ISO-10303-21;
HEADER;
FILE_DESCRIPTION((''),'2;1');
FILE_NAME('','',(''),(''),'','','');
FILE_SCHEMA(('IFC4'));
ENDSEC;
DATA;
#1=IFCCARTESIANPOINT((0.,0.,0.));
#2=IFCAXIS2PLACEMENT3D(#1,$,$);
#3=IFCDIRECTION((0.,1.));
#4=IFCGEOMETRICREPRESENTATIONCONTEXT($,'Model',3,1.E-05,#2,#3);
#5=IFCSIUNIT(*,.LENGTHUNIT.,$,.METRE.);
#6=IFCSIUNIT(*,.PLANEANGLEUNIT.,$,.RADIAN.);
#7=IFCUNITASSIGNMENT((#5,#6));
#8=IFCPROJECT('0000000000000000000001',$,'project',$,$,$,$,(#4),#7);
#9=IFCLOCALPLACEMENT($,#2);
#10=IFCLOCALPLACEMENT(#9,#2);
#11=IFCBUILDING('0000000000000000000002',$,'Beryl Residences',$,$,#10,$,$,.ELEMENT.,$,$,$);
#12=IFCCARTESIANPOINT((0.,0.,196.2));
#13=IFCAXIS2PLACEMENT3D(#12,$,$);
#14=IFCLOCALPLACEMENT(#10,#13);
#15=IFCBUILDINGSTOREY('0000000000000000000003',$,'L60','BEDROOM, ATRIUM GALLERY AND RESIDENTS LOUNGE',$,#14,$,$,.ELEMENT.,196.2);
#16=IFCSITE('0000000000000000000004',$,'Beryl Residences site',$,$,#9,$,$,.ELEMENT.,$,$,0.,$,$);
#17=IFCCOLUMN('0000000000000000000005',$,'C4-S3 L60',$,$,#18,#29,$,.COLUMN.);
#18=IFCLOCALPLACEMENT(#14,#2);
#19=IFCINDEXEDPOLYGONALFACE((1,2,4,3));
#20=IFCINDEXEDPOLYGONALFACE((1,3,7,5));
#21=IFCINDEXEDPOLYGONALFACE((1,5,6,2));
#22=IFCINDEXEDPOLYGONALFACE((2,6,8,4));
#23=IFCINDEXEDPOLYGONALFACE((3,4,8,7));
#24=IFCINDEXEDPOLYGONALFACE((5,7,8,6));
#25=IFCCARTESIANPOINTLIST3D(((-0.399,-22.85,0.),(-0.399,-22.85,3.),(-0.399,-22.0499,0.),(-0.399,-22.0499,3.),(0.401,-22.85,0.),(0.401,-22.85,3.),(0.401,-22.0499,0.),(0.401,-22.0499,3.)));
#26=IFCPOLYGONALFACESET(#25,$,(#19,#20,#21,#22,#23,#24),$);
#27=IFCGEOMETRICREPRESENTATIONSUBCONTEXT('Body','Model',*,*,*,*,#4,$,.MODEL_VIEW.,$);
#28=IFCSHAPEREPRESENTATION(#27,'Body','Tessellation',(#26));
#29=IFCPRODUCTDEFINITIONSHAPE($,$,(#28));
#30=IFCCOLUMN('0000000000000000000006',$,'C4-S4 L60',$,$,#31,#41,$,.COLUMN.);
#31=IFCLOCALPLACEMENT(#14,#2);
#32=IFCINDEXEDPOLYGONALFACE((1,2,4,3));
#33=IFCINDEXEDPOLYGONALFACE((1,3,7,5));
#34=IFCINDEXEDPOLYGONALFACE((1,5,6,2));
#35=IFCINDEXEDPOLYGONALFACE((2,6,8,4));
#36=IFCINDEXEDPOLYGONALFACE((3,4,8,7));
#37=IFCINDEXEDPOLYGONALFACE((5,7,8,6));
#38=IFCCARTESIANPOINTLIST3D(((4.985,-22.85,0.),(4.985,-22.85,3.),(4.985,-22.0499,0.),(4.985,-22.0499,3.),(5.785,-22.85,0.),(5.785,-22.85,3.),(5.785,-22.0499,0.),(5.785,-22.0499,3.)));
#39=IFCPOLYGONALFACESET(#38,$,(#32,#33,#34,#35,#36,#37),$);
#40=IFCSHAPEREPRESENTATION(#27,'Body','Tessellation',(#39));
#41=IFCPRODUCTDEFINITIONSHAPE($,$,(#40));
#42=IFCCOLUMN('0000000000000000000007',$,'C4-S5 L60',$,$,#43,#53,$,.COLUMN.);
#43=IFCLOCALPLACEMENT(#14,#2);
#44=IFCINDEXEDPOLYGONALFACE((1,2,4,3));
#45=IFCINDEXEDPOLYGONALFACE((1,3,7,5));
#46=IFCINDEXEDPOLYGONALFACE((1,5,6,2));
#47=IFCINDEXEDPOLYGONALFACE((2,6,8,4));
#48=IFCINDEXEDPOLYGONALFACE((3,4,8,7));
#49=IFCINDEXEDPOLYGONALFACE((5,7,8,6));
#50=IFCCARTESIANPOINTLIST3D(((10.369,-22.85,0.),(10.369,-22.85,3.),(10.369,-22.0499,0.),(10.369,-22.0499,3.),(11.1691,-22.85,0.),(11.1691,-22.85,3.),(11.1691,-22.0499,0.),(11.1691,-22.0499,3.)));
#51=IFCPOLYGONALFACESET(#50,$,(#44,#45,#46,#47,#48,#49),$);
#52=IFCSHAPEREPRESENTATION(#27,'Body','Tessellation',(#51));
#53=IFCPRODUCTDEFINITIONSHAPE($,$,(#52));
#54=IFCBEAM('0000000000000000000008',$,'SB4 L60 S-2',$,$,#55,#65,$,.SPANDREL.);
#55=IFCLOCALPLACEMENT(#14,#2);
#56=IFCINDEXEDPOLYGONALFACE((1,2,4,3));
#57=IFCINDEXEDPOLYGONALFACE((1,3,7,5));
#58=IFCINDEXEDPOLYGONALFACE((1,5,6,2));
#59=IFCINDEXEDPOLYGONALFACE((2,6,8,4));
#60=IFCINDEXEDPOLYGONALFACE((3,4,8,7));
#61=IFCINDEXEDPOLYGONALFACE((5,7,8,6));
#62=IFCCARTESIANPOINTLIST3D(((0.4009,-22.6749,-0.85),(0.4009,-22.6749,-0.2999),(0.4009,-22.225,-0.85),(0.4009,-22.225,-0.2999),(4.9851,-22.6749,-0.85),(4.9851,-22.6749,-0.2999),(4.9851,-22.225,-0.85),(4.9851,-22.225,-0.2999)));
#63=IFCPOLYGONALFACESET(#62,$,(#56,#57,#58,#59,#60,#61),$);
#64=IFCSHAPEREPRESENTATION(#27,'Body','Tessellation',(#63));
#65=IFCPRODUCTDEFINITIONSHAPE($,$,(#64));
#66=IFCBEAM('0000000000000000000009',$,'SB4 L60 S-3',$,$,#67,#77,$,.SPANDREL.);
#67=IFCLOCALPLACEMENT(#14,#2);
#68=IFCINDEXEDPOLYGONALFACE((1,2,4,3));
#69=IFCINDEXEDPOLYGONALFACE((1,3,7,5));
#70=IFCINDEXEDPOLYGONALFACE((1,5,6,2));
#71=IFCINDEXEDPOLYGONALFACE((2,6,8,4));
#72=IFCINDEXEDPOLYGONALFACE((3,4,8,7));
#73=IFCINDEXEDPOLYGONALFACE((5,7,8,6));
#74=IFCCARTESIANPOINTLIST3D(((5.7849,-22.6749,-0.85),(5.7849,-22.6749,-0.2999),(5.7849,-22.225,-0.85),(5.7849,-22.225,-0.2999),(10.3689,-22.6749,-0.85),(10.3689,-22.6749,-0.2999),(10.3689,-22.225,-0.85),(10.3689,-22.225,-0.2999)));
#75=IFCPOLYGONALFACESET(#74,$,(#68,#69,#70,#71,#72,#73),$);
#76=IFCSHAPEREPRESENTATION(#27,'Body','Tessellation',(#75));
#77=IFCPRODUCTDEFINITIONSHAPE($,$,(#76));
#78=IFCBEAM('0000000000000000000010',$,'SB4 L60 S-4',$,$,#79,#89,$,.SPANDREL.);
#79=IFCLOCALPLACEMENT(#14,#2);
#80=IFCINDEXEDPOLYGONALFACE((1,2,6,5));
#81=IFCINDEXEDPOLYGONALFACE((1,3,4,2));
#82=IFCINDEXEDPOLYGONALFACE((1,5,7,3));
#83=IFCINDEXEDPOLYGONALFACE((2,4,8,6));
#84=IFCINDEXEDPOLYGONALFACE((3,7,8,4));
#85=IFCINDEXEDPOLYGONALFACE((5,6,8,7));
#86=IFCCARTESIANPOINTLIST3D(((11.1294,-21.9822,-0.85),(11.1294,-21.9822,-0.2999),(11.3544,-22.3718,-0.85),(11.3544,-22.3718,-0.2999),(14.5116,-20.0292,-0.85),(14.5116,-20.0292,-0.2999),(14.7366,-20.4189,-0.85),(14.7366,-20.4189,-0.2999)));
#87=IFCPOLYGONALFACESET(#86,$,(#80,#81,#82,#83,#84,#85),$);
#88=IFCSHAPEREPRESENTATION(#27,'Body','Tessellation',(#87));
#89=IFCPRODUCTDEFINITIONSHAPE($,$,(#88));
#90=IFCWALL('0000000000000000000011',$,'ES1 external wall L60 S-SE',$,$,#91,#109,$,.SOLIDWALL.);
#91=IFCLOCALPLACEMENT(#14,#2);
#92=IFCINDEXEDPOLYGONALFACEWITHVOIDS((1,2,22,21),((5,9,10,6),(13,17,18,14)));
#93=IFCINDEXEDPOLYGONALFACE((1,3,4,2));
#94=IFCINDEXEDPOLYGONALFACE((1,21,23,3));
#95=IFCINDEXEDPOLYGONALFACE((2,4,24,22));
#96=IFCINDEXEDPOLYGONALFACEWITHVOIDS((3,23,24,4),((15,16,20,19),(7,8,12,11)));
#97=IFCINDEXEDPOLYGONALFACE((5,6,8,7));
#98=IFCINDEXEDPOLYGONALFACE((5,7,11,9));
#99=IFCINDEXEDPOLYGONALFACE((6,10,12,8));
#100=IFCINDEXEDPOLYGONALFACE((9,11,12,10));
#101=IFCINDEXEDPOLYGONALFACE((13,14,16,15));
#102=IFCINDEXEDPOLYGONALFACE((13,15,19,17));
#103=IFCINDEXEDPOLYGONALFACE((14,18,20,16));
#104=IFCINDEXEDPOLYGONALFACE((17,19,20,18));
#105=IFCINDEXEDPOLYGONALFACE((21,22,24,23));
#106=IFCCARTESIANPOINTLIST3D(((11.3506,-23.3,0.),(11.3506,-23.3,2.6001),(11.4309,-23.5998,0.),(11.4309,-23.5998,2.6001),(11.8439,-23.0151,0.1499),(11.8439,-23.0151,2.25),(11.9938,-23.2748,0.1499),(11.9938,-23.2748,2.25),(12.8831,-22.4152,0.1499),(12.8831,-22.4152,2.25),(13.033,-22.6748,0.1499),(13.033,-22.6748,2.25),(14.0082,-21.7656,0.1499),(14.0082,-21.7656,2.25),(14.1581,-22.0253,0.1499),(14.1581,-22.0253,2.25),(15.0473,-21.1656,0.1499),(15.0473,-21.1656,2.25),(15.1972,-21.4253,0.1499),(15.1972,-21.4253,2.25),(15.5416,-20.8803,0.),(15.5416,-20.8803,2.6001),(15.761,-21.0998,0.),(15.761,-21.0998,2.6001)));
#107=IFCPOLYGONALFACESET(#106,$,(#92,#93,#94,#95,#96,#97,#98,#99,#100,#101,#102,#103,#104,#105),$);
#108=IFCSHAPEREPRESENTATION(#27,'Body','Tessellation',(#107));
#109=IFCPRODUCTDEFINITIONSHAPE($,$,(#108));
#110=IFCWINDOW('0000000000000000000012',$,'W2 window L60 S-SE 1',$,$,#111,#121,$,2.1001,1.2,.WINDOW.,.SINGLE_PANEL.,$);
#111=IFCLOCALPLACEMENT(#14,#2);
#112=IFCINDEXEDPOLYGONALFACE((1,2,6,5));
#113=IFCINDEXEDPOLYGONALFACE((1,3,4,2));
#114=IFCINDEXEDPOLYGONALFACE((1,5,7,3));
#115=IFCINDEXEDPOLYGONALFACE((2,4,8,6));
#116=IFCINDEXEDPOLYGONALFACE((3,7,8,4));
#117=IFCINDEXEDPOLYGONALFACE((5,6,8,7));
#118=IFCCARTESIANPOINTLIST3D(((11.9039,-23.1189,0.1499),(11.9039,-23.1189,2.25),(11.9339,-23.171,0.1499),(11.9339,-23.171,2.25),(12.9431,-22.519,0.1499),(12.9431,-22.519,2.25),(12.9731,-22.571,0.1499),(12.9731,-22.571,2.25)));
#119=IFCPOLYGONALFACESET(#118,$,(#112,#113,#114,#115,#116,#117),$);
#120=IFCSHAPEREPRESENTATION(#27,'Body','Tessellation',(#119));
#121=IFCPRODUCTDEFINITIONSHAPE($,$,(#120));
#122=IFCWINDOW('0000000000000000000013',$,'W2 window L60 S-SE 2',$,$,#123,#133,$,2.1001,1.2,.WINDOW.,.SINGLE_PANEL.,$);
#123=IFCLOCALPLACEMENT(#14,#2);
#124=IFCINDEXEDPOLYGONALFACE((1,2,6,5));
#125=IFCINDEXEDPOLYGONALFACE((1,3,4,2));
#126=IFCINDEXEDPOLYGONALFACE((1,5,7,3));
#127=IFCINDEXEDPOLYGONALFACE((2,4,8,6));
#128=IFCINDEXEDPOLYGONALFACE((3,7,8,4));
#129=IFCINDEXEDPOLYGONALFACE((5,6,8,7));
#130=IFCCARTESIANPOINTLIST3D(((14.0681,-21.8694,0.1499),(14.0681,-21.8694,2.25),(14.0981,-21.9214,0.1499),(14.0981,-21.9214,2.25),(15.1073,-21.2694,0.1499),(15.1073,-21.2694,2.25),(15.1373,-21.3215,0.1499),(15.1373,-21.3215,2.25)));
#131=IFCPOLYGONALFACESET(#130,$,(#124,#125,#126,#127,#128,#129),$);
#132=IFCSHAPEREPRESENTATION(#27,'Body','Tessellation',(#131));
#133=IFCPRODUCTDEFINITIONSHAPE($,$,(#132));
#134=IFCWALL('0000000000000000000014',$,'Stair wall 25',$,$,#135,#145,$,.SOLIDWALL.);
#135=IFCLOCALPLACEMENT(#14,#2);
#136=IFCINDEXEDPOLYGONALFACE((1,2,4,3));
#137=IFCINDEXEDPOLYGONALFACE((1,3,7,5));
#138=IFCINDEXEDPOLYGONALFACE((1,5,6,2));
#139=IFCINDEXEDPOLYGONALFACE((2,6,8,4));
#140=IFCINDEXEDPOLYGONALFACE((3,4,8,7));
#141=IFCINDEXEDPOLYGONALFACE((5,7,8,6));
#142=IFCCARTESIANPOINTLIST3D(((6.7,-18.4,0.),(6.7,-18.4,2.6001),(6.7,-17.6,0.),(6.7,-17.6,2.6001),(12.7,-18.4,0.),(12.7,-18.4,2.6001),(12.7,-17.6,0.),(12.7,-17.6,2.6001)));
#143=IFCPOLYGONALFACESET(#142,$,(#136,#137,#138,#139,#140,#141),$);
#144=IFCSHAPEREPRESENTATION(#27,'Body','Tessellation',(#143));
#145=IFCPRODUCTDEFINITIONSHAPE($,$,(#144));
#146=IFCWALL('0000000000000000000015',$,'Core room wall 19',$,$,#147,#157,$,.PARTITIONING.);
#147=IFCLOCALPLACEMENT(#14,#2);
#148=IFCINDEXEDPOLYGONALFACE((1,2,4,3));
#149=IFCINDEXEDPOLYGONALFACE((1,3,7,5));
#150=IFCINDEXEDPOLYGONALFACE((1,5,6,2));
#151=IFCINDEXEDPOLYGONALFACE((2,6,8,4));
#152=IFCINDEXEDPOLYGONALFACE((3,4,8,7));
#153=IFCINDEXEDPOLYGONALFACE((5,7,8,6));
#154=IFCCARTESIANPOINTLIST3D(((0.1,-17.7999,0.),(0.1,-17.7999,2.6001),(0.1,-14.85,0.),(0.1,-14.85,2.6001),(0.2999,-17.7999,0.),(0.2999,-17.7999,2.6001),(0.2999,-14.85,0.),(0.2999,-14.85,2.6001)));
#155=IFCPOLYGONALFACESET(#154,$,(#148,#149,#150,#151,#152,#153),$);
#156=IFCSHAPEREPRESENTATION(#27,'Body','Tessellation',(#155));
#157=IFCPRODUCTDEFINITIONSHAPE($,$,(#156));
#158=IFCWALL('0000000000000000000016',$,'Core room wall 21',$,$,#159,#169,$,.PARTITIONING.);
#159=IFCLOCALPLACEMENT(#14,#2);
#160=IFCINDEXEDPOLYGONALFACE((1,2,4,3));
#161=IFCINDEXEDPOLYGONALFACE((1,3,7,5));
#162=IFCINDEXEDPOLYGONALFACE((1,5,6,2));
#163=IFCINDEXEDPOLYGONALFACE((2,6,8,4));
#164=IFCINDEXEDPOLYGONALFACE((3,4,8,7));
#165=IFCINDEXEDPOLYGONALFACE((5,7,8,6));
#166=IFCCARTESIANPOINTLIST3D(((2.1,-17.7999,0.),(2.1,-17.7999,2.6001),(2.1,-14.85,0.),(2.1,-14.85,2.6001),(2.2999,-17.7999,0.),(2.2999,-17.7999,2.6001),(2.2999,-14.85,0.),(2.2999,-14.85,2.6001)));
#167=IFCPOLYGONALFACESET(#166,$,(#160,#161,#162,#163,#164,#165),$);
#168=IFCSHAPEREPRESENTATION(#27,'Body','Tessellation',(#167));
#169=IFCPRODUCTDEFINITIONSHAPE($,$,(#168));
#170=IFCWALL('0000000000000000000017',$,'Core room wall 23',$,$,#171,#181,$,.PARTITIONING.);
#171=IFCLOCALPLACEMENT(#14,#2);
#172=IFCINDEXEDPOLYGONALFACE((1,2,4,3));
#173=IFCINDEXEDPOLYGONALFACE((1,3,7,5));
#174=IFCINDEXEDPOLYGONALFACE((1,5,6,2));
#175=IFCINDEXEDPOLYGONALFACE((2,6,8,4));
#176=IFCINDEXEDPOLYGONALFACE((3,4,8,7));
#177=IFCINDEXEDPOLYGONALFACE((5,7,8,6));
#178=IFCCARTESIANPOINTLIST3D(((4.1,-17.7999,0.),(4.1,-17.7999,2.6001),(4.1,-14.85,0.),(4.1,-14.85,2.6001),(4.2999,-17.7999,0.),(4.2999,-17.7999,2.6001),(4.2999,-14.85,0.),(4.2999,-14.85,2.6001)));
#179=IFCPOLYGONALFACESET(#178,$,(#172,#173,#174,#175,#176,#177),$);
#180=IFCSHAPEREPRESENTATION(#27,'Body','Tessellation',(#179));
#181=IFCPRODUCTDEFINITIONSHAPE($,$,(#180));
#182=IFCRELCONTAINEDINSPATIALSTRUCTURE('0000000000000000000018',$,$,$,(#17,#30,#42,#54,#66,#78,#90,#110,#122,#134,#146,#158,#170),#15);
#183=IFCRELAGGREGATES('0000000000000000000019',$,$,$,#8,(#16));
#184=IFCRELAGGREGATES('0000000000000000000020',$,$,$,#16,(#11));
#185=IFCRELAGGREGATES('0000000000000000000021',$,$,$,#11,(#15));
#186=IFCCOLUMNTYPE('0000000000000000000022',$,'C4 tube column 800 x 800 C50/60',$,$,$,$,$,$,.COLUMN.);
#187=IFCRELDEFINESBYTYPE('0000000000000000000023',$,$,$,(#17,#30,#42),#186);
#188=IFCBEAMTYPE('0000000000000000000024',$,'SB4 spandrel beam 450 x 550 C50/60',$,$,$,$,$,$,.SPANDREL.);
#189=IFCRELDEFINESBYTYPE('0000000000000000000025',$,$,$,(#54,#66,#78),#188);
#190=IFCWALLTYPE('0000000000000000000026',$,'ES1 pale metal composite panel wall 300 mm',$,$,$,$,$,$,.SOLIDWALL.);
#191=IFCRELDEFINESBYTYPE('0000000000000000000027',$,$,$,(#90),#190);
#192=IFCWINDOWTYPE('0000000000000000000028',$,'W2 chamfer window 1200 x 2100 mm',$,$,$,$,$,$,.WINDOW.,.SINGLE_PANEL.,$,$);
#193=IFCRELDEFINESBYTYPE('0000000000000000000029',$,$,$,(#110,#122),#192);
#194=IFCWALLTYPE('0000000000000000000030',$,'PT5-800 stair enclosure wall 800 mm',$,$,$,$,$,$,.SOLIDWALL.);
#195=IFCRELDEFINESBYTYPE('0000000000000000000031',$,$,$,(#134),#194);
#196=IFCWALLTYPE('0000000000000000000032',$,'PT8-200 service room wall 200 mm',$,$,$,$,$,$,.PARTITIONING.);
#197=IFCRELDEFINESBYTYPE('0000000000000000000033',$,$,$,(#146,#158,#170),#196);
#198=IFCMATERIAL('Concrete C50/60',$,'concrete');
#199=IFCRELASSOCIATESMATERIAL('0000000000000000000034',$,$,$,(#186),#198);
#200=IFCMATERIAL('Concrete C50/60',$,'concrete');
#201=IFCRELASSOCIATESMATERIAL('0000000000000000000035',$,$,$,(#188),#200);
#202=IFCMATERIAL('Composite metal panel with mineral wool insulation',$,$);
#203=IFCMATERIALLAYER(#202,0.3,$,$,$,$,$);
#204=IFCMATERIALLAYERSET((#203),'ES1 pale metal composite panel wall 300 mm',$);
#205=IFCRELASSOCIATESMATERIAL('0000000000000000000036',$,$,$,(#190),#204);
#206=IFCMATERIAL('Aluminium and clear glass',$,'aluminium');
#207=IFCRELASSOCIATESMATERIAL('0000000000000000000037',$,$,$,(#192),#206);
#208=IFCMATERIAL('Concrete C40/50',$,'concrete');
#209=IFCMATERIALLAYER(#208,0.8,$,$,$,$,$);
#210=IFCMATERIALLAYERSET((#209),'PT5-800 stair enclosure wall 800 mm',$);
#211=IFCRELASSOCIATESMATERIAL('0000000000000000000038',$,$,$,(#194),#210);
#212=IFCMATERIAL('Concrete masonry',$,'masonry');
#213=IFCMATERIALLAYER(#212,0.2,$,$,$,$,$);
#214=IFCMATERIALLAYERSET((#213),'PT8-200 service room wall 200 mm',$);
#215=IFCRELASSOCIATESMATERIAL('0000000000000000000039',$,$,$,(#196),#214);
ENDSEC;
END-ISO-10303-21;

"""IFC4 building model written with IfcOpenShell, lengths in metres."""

from ifc_helpers import new_model, si_unit, direction, frame, frame_2d, origin, origin_2d, place, context, subcontext, project, spatial, polyline, rectangle, outline, extrude, material, layer, layer_set, material_profile, profile_set, type_object, element, fill, save


model = new_model("IFC4")

# Units and contexts
model_context = context("Model", 3, precision=1e-05, world=origin(), true_north=direction((0.0, 1.0)))
body_context = subcontext(model_context, "Body", "Model", "MODEL_VIEW")
ifc_project = project(units=[si_unit("LENGTHUNIT", "METRE"), si_unit("PLANEANGLEUNIT", "RADIAN")], contexts=[model_context])

# Site, building, storey
site_placement = place(None, origin())
site = spatial("IfcSite", under=ifc_project, at=site_placement, Name="Beryl Residences site", CompositionType="ELEMENT", RefElevation=0.0)
building_placement = place(site_placement, origin())
building = spatial("IfcBuilding", under=site, at=building_placement, Name="Beryl Residences", CompositionType="ELEMENT")
storey_placement = place(building_placement, frame((0.0, 0.0, 196.2)))
storey = spatial("IfcBuildingStorey", under=building, at=storey_placement, Name="L60", Description="BEDROOM, ATRIUM GALLERY AND RESIDENTS LOUNGE", CompositionType="ELEMENT", Elevation=196.2)

# Columns
ifc_material_1 = material(Name="Concrete C50/60", Category="concrete")
ifc_material_profile_1 = material_profile(ifc_material_1, rectangle(XDim=0.8, YDim=0.8, at=origin_2d()))
ifc_profile_set_1 = profile_set([ifc_material_profile_1], Name="Concrete C50/60")
column_type = type_object("IfcColumnType", Name="C4 tube column 800 x 800 C50/60", PredefinedType="COLUMN", material=ifc_profile_set_1)
for number, where, z_axis, x_axis, name in (
    (1, (0.001, -22.45, 0.0), (0.0, 0.0, 1.0), (1.0, 0.0, 0.0), "C4-S3 L60"),
    (2, (5.385, -22.45, 0.0), (0.0, 0.0, 1.0), (1.0, 0.0, 0.0), "C4-S4 L60"),
    (3, (10.769, -22.45, 0.0), (0.0, 0.0, 1.0), (1.0, 0.0, 0.0), "C4-S5 L60"),
):
    element("IfcColumn", number, at=place(storey_placement, frame(where, z_axis=z_axis, x_axis=x_axis)), inside=storey, type_object=column_type, Name=name, PredefinedType="COLUMN", context=body_context, shape_type="SweptSolid", body=[
        extrude(rectangle(XDim=0.8, YDim=0.8, at=origin_2d()), origin(), (0.0, 0.0, 1.0), 3.0),
    ])

# Beams
ifc_material_2 = material(Name="Concrete C50/60", Category="concrete")
ifc_material_profile_2 = material_profile(ifc_material_2, rectangle(XDim=0.45, YDim=0.55, at=origin_2d()))
ifc_profile_set_2 = profile_set([ifc_material_profile_2], Name="Concrete C50/60")
beam_type = type_object("IfcBeamType", Name="SB4 spandrel beam 450 x 550 C50/60", PredefinedType="SPANDREL", material=ifc_profile_set_2)
beam_1_placement = place(storey_placement, frame((0.4009, -22.45, -0.575), z_axis=(1.0, 0.0, 0.0), x_axis=(0.0, 1.0, 0.0)))
element("IfcBeam", 4, at=beam_1_placement, inside=storey, type_object=beam_type, Name="SB4 L60 S-2", PredefinedType="SPANDREL", context=body_context, shape_type="SweptSolid", body=[
    extrude(rectangle(XDim=0.45, YDim=0.55, at=origin_2d()), origin(), (0.0, 0.0, 1.0), 4.5842),
])
beam_2_placement = place(storey_placement, frame((5.7849, -22.45, -0.575), z_axis=(1.0, 0.0, 0.0), x_axis=(0.0, 1.0, 0.0)))
element("IfcBeam", 5, at=beam_2_placement, inside=storey, type_object=beam_type, Name="SB4 L60 S-3", PredefinedType="SPANDREL", context=body_context, shape_type="SweptSolid", body=[
    extrude(rectangle(XDim=0.45, YDim=0.55, at=origin_2d()), origin(), (0.0, 0.0, 1.0), 4.584),
])
beam_3_placement = place(storey_placement, frame((11.2419, -22.177, -0.575), z_axis=(0.865999, 0.500045, 0.0), x_axis=(-0.500045, 0.865999, 0.0)))
element("IfcBeam", 6, at=beam_3_placement, inside=storey, type_object=beam_type, Name="SB4 L60 S-4", PredefinedType="SPANDREL", context=body_context, shape_type="SweptSolid", body=[
    extrude(rectangle(XDim=0.45, YDim=0.55, at=origin_2d()), origin(), (0.0, 0.0, 1.0), 3.9055),
])

# Wall, openings, windows
ifc_material_3 = material(Name="Composite metal panel with mineral wool insulation")
ifc_layer_1 = layer(ifc_material_3, 0.3)
ifc_layer_set_1 = layer_set([ifc_layer_1], Name="ES1 pale metal composite panel wall 300 mm")
wall_type_1 = type_object("IfcWallType", Name="ES1 pale metal composite panel wall 300 mm", PredefinedType="SOLIDWALL", material=ifc_layer_set_1)
wall_1_placement = place(storey_placement, frame((11.356, -23.47, 0.0), z_axis=(0.0, 0.0, 1.0), x_axis=(0.866023, 0.500004, 0.0)))
wall_1 = element("IfcWall", 7, at=wall_1_placement, inside=storey, type_object=wall_type_1, Name="ES1 external wall L60 S-SE", PredefinedType="SOLIDWALL", context=body_context, shape_type="SweptSolid", body=[
    extrude(outline(polyline([(0.0, -0.1499), (5.0, -0.1499), (4.9197, 0.1499), (0.0803, 0.1499), (0.0, -0.1499)])), origin(), (0.0, 0.0, 1.0), 2.6001),
])
opening_1_placement = place(wall_1_placement, frame((0.6499, 0.0, 0.1499)))
opening_1 = element("IfcOpeningElement", 8, at=opening_1_placement, cuts=wall_1, PredefinedType="OPENING", context=body_context, shape_type="SweptSolid", body=[
    extrude(rectangle(XDim=1.2, YDim=2.1001, at=frame_2d((0.6001, 1.05))), frame((0.0, 0.1599, 0.0), z_axis=(0.0, -1.0, 0.0), x_axis=(1.0, 0.0, 0.0)), (0.0, 0.0, 1.0), 0.3201),
])
opening_2_placement = place(wall_1_placement, frame((3.1489, 0.0, 0.1499)))
opening_2 = element("IfcOpeningElement", 9, at=opening_2_placement, cuts=wall_1, PredefinedType="OPENING", context=body_context, shape_type="SweptSolid", body=[
    extrude(rectangle(XDim=1.2, YDim=2.1001, at=frame_2d((0.6001, 1.05))), frame((0.0, 0.1599, 0.0), z_axis=(0.0, -1.0, 0.0), x_axis=(1.0, 0.0, 0.0)), (0.0, 0.0, 1.0), 0.3201),
])
ifc_material_4 = material(Name="Aluminium and clear glass", Category="aluminium")
window_type = type_object("IfcWindowType", Name="W2 chamfer window 1200 x 2100 mm", PartitioningType="SINGLE_PANEL", PredefinedType="WINDOW", material=ifc_material_4)
window_1_placement = place(opening_1_placement, origin())
window_1 = element("IfcWindow", 10, at=window_1_placement, inside=storey, type_object=window_type, Name="W2 window L60 S-SE 1", OverallHeight=2.1001, OverallWidth=1.2, PartitioningType="SINGLE_PANEL", PredefinedType="WINDOW", context=body_context, shape_type="SweptSolid", body=[
    extrude(rectangle(XDim=1.2, YDim=2.1001, at=frame_2d((0.6001, 1.05))), frame((0.0, 0.03, 0.0), z_axis=(0.0, -1.0, 0.0), x_axis=(1.0, 0.0, 0.0)), (0.0, 0.0, 1.0), 0.0601),
])
fill(opening_1, window_1)
window_2_placement = place(opening_2_placement, origin())
window_2 = element("IfcWindow", 11, at=window_2_placement, inside=storey, type_object=window_type, Name="W2 window L60 S-SE 2", OverallHeight=2.1001, OverallWidth=1.2, PartitioningType="SINGLE_PANEL", PredefinedType="WINDOW", context=body_context, shape_type="SweptSolid", body=[
    extrude(rectangle(XDim=1.2, YDim=2.1001, at=frame_2d((0.6001, 1.05))), frame((0.0, 0.03, 0.0), z_axis=(0.0, -1.0, 0.0), x_axis=(1.0, 0.0, 0.0)), (0.0, 0.0, 1.0), 0.0601),
])
fill(opening_2, window_2)

# Walls
ifc_material_5 = material(Name="Concrete C40/50", Category="concrete")
ifc_layer_2 = layer(ifc_material_5, 0.8)
ifc_layer_set_2 = layer_set([ifc_layer_2], Name="PT5-800 stair enclosure wall 800 mm")
wall_type_2 = type_object("IfcWallType", Name="PT5-800 stair enclosure wall 800 mm", PredefinedType="SOLIDWALL", material=ifc_layer_set_2)
wall_2_placement = place(storey_placement, frame((6.7, -18.0, 0.0), z_axis=(0.0, 0.0, 1.0), x_axis=(1.0, 0.0, 0.0)))
element("IfcWall", 12, at=wall_2_placement, inside=storey, type_object=wall_type_2, Name="Stair wall 25", PredefinedType="SOLIDWALL", context=body_context, shape_type="SweptSolid", body=[
    extrude(rectangle(XDim=6.0, YDim=0.8, at=frame_2d((3.0, 0.0))), origin(), (0.0, 0.0, 1.0), 2.6001),
])
ifc_material_6 = material(Name="Concrete masonry", Category="masonry")
ifc_layer_3 = layer(ifc_material_6, 0.2)
ifc_layer_set_3 = layer_set([ifc_layer_3], Name="PT8-200 service room wall 200 mm")
wall_type_3 = type_object("IfcWallType", Name="PT8-200 service room wall 200 mm", PredefinedType="PARTITIONING", material=ifc_layer_set_3)
for number, where, z_axis, x_axis, name in (
    (13, (0.2, -17.8, 0.0), (0.0, 0.0, 1.0), (0.0, 1.0, 0.0), "Core room wall 19"),
    (14, (2.2, -17.8, 0.0), (0.0, 0.0, 1.0), (0.0, 1.0, 0.0), "Core room wall 21"),
    (15, (4.2, -17.8, 0.0), (0.0, 0.0, 1.0), (0.0, 1.0, 0.0), "Core room wall 23"),
):
    element("IfcWall", number, at=place(storey_placement, frame(where, z_axis=z_axis, x_axis=x_axis)), inside=storey, type_object=wall_type_3, Name=name, PredefinedType="PARTITIONING", context=body_context, shape_type="SweptSolid", body=[
        extrude(rectangle(XDim=2.95, YDim=0.2, at=frame_2d((1.4751, 0.0))), origin(), (0.0, 0.0, 1.0), 2.6001),
    ])

save(model, "model.ifc")
